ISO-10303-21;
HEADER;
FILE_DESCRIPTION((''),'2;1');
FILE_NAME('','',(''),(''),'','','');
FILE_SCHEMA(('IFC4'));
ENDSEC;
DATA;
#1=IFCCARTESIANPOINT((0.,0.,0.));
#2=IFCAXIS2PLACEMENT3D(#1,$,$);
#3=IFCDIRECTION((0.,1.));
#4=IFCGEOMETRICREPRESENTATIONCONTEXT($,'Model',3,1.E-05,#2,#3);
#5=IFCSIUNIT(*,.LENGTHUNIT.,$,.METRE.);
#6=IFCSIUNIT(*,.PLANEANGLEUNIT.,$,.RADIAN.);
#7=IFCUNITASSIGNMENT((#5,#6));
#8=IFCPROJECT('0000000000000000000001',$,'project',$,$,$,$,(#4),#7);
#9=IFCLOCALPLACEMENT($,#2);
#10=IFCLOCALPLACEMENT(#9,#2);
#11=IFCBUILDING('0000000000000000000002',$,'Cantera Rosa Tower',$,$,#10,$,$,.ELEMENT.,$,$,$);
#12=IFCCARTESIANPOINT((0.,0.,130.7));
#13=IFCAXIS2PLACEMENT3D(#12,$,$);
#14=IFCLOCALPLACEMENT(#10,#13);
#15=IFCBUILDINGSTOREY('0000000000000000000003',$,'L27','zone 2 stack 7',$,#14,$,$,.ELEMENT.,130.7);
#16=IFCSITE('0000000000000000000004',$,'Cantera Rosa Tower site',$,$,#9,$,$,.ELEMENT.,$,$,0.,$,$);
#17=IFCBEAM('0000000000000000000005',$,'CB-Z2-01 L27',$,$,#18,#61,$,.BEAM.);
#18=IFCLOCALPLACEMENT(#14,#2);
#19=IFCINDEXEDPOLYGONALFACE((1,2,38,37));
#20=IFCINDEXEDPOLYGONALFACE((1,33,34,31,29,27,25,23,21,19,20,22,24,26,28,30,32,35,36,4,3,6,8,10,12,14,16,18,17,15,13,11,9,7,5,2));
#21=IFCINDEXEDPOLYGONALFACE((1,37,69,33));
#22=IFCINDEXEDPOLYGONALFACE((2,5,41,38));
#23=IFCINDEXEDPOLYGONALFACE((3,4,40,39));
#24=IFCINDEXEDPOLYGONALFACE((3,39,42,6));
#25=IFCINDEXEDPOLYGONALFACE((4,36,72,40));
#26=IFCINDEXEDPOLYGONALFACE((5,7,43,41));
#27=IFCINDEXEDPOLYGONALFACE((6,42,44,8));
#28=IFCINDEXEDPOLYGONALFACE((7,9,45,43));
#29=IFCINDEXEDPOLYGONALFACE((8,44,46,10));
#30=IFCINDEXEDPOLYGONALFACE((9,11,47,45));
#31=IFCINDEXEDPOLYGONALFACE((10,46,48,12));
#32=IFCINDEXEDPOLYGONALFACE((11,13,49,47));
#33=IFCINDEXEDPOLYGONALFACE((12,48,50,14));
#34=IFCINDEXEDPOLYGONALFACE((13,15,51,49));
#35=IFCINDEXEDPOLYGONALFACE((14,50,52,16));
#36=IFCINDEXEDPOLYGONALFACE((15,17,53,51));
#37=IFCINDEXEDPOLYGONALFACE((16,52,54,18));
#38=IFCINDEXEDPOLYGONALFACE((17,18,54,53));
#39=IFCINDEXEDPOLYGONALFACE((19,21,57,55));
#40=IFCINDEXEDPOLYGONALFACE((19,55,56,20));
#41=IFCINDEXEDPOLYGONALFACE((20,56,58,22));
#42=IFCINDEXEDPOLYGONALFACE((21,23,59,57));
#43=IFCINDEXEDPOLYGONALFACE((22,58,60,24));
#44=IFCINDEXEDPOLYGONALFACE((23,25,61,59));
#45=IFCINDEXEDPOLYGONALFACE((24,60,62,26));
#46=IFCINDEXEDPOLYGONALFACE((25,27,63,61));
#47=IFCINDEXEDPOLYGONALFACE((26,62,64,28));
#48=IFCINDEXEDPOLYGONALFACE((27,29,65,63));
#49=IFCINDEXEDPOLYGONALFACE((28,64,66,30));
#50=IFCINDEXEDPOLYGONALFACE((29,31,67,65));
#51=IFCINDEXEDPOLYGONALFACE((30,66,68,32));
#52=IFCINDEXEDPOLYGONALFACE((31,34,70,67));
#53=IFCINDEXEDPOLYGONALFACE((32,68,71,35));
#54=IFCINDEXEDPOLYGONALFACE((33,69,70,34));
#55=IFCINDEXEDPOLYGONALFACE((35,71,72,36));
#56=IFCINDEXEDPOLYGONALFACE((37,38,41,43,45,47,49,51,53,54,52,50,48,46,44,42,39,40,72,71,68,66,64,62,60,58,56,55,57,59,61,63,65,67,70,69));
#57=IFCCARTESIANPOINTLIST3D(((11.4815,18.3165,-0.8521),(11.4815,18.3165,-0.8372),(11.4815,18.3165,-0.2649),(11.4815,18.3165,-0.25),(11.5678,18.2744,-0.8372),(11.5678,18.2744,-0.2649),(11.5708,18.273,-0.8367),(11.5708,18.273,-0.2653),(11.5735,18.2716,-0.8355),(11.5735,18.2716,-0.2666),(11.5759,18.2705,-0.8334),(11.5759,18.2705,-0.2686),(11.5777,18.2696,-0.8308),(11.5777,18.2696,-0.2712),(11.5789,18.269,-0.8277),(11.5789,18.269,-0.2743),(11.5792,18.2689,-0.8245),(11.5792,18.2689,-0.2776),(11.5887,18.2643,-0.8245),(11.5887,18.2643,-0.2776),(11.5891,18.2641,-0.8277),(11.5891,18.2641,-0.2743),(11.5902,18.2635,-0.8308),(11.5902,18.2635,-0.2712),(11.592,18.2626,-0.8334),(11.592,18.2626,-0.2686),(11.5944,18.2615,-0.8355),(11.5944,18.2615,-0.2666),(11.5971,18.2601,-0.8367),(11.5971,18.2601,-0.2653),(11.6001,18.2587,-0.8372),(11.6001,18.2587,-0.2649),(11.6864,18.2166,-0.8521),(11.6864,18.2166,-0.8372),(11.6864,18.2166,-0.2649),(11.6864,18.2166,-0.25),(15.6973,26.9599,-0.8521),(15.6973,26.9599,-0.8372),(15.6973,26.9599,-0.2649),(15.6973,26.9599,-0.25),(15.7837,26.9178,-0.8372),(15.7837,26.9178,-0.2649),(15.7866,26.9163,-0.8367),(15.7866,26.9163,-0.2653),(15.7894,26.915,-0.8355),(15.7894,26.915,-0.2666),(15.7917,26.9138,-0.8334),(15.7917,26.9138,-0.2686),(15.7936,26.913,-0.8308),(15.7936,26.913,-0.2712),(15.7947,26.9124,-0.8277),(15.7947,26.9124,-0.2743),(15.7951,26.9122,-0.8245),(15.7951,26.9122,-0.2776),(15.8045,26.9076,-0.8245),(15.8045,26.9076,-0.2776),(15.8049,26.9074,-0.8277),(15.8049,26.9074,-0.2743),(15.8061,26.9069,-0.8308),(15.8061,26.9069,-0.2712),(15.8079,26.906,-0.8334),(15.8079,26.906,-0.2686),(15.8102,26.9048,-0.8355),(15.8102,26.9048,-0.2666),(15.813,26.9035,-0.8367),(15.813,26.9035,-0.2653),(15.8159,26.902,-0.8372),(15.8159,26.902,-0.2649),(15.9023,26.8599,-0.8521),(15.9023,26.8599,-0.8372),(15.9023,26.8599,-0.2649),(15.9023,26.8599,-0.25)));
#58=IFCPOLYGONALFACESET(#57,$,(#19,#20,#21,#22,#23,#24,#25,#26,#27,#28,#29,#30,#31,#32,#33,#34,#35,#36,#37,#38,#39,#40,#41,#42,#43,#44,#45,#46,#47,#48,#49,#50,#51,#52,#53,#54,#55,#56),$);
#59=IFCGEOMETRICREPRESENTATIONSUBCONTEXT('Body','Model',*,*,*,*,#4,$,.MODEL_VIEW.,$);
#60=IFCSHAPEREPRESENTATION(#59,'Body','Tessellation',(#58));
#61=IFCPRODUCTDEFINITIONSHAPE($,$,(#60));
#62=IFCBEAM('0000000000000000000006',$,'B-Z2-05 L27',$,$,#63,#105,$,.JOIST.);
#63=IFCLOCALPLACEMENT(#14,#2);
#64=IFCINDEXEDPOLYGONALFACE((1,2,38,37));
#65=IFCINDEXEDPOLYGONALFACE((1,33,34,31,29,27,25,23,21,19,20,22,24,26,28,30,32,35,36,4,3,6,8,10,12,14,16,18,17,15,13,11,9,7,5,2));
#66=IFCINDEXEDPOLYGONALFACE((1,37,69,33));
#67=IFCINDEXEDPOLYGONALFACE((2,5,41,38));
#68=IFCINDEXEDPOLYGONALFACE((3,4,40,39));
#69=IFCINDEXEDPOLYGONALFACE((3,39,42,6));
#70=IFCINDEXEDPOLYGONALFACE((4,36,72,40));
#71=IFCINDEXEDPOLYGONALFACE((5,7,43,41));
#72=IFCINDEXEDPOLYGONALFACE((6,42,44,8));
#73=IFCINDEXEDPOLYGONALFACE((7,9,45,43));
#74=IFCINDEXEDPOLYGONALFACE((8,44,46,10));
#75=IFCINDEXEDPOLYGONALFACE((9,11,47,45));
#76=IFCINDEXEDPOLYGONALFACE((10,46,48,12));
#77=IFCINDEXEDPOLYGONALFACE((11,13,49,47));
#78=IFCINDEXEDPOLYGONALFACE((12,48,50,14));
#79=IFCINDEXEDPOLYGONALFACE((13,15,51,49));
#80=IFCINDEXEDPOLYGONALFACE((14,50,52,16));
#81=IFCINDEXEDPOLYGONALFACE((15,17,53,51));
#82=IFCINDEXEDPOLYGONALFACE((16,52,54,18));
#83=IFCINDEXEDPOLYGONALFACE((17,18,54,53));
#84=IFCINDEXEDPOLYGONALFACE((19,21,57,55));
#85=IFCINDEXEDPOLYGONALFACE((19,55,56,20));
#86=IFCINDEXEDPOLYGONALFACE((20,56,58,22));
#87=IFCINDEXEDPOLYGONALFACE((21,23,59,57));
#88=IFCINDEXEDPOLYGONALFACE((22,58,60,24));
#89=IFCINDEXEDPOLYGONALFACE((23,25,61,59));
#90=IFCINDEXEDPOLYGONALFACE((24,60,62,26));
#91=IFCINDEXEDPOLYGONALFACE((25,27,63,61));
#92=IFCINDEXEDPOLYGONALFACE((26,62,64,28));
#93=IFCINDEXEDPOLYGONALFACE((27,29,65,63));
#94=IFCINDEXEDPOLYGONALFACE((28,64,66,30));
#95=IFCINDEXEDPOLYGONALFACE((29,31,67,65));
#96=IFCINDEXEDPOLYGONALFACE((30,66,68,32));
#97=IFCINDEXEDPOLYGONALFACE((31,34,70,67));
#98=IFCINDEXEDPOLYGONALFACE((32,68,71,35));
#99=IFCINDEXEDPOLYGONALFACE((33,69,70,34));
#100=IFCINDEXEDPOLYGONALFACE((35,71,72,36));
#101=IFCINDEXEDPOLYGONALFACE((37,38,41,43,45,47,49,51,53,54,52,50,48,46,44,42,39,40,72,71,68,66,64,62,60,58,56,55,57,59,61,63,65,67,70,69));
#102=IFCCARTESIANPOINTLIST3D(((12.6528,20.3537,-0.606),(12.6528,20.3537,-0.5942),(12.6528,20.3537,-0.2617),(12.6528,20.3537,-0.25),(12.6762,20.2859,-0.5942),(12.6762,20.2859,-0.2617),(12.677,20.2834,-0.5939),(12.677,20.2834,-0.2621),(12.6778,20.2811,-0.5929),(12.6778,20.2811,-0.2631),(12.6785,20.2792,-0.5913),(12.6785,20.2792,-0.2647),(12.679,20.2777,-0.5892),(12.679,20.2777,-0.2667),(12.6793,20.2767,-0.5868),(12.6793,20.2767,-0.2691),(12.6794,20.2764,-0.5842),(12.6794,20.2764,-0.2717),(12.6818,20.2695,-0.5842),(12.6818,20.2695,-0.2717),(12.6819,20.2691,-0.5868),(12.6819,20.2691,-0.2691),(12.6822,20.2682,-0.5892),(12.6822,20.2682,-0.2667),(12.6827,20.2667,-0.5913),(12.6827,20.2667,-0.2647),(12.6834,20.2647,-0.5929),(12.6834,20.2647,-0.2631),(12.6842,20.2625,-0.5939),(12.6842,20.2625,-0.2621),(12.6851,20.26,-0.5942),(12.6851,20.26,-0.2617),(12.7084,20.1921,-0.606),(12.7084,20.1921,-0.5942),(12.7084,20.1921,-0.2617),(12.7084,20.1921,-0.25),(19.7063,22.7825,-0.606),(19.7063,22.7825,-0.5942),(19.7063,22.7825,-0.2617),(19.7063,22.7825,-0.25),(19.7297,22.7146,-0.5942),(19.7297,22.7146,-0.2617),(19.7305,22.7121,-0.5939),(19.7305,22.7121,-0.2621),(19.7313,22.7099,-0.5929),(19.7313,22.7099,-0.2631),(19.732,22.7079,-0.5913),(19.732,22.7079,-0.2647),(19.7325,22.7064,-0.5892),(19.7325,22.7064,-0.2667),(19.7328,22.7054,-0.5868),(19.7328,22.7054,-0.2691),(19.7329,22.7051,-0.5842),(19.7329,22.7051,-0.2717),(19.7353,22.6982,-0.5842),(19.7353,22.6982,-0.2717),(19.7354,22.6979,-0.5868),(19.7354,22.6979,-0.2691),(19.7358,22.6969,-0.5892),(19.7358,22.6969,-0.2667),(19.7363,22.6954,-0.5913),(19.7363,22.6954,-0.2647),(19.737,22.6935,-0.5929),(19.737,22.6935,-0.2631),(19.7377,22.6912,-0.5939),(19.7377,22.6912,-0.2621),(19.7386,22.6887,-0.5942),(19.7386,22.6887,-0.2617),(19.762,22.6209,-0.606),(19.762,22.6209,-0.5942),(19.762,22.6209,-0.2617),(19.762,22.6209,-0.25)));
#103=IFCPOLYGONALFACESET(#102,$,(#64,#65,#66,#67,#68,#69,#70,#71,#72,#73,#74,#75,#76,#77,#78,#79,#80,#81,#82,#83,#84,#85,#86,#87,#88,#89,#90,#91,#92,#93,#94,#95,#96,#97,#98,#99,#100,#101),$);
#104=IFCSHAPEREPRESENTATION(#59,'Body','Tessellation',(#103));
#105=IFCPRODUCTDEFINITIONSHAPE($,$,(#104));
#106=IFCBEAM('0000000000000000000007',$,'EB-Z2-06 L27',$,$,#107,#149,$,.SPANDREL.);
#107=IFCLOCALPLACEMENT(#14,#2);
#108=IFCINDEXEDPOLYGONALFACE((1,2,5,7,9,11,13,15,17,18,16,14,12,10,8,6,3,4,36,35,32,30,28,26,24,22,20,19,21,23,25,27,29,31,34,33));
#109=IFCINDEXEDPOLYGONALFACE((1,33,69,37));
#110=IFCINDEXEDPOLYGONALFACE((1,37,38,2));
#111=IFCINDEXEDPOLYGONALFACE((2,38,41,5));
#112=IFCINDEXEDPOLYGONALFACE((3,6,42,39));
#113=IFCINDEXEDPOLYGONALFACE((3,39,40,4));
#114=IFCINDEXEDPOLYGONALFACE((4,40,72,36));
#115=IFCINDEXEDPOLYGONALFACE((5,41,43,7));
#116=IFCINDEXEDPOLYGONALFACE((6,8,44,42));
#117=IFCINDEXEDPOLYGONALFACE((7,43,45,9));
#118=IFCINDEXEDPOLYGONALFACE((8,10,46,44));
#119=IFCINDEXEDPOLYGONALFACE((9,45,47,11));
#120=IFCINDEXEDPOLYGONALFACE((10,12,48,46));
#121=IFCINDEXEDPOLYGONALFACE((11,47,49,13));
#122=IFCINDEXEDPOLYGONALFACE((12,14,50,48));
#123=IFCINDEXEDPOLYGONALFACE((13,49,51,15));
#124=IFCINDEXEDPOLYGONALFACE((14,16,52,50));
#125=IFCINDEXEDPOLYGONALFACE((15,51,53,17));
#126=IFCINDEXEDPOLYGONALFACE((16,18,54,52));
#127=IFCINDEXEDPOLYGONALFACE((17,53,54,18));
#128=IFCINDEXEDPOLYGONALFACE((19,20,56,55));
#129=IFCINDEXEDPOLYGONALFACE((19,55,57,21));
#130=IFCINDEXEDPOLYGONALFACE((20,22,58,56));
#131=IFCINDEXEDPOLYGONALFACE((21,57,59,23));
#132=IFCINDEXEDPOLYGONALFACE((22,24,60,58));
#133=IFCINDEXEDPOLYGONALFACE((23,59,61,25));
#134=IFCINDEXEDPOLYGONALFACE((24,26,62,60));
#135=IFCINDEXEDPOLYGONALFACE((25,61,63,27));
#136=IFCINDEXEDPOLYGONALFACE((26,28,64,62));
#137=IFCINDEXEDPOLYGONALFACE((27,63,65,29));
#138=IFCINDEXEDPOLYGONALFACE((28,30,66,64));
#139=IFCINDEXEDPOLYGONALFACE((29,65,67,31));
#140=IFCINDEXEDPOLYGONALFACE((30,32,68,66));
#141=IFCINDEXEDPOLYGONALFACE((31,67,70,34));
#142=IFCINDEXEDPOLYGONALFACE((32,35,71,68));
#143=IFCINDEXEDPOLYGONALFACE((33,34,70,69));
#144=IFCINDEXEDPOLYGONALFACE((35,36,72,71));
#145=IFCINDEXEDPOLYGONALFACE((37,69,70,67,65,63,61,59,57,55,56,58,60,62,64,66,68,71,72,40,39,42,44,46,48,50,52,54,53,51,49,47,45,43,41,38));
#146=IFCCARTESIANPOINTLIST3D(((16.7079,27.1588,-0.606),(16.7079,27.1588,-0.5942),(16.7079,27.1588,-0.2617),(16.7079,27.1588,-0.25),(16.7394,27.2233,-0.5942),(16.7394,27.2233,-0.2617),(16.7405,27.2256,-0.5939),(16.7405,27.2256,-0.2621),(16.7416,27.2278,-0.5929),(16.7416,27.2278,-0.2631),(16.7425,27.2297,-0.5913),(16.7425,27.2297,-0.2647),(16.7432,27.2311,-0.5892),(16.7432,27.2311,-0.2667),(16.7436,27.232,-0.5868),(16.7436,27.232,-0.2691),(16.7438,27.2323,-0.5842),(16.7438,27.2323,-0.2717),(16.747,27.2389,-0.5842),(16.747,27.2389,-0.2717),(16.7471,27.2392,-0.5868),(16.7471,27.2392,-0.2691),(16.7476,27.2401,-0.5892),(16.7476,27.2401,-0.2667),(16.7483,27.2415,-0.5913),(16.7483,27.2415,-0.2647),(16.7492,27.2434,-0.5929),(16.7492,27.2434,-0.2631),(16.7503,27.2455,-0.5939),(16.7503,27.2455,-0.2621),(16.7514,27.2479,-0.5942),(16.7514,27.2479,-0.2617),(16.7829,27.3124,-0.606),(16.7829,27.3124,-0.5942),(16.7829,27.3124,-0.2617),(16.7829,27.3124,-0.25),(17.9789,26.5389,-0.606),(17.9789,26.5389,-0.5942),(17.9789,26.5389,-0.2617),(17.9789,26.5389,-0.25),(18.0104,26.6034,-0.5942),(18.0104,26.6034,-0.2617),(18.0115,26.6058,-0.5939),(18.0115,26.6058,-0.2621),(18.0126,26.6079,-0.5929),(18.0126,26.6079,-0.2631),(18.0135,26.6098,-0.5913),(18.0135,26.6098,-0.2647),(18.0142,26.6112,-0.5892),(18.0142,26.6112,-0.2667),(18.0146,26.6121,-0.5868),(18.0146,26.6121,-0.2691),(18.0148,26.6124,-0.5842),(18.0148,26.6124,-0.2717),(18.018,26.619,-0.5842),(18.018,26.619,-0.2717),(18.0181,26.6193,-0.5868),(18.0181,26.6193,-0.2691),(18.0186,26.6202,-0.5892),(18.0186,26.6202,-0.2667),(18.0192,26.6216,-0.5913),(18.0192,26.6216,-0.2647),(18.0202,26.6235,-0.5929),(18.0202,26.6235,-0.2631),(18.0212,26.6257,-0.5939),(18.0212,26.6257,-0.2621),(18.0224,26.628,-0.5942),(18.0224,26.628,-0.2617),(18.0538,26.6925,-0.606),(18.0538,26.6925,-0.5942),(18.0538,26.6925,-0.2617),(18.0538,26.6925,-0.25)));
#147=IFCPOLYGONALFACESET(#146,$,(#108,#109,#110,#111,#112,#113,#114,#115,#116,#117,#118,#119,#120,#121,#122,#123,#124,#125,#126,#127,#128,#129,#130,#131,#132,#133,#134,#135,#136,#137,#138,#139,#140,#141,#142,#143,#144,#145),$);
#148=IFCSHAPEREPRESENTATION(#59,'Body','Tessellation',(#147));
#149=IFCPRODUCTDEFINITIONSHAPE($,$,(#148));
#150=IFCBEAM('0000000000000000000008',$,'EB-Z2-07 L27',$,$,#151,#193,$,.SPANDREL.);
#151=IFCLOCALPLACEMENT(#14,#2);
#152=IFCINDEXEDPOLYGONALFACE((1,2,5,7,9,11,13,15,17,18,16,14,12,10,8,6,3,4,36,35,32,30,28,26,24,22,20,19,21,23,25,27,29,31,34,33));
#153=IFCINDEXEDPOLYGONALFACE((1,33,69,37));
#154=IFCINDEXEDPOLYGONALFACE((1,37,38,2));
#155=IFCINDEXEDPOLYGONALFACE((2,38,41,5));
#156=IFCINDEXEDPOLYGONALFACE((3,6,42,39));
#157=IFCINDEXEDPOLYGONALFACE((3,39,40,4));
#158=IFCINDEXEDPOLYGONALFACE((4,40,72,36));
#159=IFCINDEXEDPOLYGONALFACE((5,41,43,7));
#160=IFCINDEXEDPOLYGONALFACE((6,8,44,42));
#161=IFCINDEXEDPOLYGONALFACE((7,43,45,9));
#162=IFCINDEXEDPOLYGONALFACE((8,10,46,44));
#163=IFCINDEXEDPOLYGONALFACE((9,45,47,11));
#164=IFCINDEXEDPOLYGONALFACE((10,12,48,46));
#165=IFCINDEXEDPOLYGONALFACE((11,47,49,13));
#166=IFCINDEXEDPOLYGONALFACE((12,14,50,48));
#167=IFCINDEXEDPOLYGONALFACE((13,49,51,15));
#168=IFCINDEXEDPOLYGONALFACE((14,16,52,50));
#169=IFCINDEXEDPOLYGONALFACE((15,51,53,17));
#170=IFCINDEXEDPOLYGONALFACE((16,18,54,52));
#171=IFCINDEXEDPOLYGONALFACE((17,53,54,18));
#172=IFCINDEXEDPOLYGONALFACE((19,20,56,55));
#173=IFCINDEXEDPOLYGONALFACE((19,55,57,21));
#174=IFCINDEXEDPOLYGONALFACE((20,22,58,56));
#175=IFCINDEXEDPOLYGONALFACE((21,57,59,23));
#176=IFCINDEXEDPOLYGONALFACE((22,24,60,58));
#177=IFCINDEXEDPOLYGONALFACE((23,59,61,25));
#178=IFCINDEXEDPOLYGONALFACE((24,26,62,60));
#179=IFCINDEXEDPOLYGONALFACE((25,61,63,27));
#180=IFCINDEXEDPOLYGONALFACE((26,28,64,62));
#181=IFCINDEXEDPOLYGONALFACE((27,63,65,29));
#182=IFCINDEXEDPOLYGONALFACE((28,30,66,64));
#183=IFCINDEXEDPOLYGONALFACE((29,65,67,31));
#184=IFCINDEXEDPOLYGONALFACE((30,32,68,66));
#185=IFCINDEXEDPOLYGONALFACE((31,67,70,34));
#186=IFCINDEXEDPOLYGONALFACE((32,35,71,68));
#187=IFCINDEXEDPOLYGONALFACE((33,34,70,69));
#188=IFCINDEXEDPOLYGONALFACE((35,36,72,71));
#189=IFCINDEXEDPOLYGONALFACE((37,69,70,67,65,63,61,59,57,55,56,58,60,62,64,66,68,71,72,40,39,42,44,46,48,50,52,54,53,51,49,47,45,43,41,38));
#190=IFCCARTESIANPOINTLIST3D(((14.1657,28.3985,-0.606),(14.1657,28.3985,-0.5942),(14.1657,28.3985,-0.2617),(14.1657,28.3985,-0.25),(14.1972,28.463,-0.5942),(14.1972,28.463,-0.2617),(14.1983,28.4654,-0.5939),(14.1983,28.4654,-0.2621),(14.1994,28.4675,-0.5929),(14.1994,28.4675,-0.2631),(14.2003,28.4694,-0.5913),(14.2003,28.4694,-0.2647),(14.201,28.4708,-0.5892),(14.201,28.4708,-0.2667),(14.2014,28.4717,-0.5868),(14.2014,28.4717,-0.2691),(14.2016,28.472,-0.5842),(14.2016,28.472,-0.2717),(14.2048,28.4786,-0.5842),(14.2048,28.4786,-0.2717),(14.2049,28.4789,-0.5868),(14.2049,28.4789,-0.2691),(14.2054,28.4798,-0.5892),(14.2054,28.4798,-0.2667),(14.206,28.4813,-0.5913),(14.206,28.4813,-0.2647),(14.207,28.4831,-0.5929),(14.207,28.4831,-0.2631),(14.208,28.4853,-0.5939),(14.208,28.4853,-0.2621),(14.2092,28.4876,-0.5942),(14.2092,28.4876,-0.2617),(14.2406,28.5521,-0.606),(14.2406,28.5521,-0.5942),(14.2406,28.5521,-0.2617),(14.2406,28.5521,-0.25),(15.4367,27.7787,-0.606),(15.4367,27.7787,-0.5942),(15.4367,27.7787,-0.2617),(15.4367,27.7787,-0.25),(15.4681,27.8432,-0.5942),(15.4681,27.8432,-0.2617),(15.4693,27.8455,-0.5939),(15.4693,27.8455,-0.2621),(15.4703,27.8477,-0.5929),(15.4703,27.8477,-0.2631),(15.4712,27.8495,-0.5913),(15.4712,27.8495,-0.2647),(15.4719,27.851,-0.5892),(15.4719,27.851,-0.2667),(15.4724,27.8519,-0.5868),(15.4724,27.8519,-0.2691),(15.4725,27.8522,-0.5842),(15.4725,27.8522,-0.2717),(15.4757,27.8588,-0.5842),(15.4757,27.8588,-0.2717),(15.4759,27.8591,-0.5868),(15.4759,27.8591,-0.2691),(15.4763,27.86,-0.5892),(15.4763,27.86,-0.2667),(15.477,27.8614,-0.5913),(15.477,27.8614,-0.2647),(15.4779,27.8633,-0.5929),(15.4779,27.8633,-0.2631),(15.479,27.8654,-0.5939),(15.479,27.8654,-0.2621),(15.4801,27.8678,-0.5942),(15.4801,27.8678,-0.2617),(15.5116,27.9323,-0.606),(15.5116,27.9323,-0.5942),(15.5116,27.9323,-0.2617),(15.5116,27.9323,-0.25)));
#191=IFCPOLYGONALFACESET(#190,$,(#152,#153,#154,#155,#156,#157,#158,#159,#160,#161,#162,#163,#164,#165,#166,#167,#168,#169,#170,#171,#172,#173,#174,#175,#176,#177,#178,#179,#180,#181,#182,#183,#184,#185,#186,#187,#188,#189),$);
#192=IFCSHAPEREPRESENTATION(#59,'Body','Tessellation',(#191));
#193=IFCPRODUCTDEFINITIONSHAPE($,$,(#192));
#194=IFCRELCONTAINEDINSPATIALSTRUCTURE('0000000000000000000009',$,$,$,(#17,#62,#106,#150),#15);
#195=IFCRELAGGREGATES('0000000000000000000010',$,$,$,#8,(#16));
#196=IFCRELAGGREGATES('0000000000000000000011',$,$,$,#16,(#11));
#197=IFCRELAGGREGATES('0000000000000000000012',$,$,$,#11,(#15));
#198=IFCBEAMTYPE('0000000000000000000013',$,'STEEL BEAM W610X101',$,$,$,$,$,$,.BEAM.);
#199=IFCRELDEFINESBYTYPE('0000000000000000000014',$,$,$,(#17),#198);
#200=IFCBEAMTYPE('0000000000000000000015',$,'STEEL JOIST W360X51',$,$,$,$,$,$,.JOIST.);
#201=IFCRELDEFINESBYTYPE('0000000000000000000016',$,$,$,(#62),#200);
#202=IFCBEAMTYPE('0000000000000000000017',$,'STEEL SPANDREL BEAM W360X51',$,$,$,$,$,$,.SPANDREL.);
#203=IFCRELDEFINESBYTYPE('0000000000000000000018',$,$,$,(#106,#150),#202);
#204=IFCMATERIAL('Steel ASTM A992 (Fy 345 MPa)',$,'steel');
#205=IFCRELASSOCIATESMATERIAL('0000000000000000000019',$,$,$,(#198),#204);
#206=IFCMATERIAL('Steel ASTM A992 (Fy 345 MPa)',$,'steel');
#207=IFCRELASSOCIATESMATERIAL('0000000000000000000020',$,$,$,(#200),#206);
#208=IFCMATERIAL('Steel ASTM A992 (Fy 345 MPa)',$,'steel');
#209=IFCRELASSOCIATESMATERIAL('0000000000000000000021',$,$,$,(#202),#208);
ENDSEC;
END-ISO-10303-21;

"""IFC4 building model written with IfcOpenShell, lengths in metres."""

from ifc_helpers import new_model, si_unit, direction, frame, origin, origin_2d, place, context, subcontext, project, spatial, i_section, extrude, material, material_profile, profile_set, type_object, element, save


model = new_model("IFC4")

# Units and contexts
model_context = context("Model", 3, precision=1e-05, world=origin(), true_north=direction((0.0, 1.0)))
body_context = subcontext(model_context, "Body", "Model", "MODEL_VIEW")
ifc_project = project(units=[si_unit("LENGTHUNIT", "METRE"), si_unit("PLANEANGLEUNIT", "RADIAN")], contexts=[model_context])

# Site, building, storey
site_placement = place(None, origin())
site = spatial("IfcSite", under=ifc_project, at=site_placement, Name="Cantera Rosa Tower site", CompositionType="ELEMENT", RefElevation=0.0)
building_placement = place(site_placement, origin())
building = spatial("IfcBuilding", under=site, at=building_placement, Name="Cantera Rosa Tower", CompositionType="ELEMENT")
storey_placement = place(building_placement, frame((0.0, 0.0, 130.7)))
storey = spatial("IfcBuildingStorey", under=building, at=storey_placement, Name="L27", Description="zone 2 stack 7", CompositionType="ELEMENT", Elevation=130.7)

# Beams
ifc_material_1 = material(Name="Steel ASTM A992 (Fy 345 MPa)", Category="steel")
ifc_material_profile_1 = material_profile(ifc_material_1, i_section(OverallWidth=0.228, OverallDepth=0.6021, WebThickness=0.0105, FlangeThickness=0.0149, FilletRadius=0.0127, at=origin_2d()), Name="W610X101")
ifc_profile_set_1 = profile_set([ifc_material_profile_1], Name="Steel ASTM A992 (Fy 345 MPa)")
beam_type_1 = type_object("IfcBeamType", Name="STEEL BEAM W610X101", PredefinedType="BEAM", material=ifc_profile_set_1)
beam_1_placement = place(storey_placement, frame((15.7998, 26.9099, -0.551), z_axis=(-0.438388, -0.898786, 0.0), x_axis=(0.898786, -0.438388, 0.0)))
element("IfcBeam", 1, at=beam_1_placement, inside=storey, type_object=beam_type_1, Name="CB-Z2-01 L27", PredefinedType="BEAM", context=body_context, shape_type="SweptSolid", body=[
    extrude(i_section(OverallWidth=0.228, OverallDepth=0.6021, WebThickness=0.0105, FlangeThickness=0.0149, FilletRadius=0.0127, at=origin_2d()), origin(), (0.0, 0.0, 1.0), 9.6167),
])
ifc_material_2 = material(Name="Steel ASTM A992 (Fy 345 MPa)", Category="steel")
ifc_material_profile_2 = material_profile(ifc_material_2, i_section(OverallWidth=0.1709, OverallDepth=0.356, WebThickness=0.0073, FlangeThickness=0.0117, FilletRadius=0.01, at=origin_2d()), Name="W360X51")
ifc_profile_set_2 = profile_set([ifc_material_profile_2], Name="Steel ASTM A992 (Fy 345 MPa)")
beam_type_2 = type_object("IfcBeamType", Name="STEEL JOIST W360X51", PredefinedType="JOIST", material=ifc_profile_set_2)
beam_2_placement = place(storey_placement, frame((19.7341, 22.7017, -0.428), z_axis=(-0.945518, -0.325569, 0.0), x_axis=(0.325569, -0.945518, 0.0)))
element("IfcBeam", 2, at=beam_2_placement, inside=storey, type_object=beam_type_2, Name="B-Z2-05 L27", PredefinedType="JOIST", context=body_context, shape_type="SweptSolid", body=[
    extrude(i_section(OverallWidth=0.1709, OverallDepth=0.356, WebThickness=0.0073, FlangeThickness=0.0117, FilletRadius=0.01, at=origin_2d()), origin(), (0.0, 0.0, 1.0), 7.46),
])
ifc_material_3 = material(Name="Steel ASTM A992 (Fy 345 MPa)", Category="steel")
ifc_material_profile_3 = material_profile(ifc_material_3, i_section(OverallWidth=0.1709, OverallDepth=0.356, WebThickness=0.0073, FlangeThickness=0.0117, FilletRadius=0.01, at=origin_2d()), Name="W360X51")
ifc_profile_set_3 = profile_set([ifc_material_profile_3], Name="Steel ASTM A992 (Fy 345 MPa)")
beam_type_3 = type_object("IfcBeamType", Name="STEEL SPANDREL BEAM W360X51", PredefinedType="SPANDREL", material=ifc_profile_set_3)
for number, where, z_axis, x_axis, name in (
    (3, (18.0164, 26.6157, -0.428), (-0.898803, 0.438352, 0.0), (-0.438352, -0.898803, 0.0), "EB-Z2-06 L27"),
    (4, (15.4741, 27.8555, -0.428), (-0.898803, 0.438352, 0.0), (-0.438352, -0.898803, 0.0), "EB-Z2-07 L27"),
):
    element("IfcBeam", number, at=place(storey_placement, frame(where, z_axis=z_axis, x_axis=x_axis)), inside=storey, type_object=beam_type_3, Name=name, PredefinedType="SPANDREL", context=body_context, shape_type="SweptSolid", body=[
        extrude(i_section(OverallWidth=0.1709, OverallDepth=0.356, WebThickness=0.0073, FlangeThickness=0.0117, FilletRadius=0.01, at=origin_2d()), origin(), (0.0, 0.0, 1.0), 1.4141),
    ])

save(model, "model.ifc")
